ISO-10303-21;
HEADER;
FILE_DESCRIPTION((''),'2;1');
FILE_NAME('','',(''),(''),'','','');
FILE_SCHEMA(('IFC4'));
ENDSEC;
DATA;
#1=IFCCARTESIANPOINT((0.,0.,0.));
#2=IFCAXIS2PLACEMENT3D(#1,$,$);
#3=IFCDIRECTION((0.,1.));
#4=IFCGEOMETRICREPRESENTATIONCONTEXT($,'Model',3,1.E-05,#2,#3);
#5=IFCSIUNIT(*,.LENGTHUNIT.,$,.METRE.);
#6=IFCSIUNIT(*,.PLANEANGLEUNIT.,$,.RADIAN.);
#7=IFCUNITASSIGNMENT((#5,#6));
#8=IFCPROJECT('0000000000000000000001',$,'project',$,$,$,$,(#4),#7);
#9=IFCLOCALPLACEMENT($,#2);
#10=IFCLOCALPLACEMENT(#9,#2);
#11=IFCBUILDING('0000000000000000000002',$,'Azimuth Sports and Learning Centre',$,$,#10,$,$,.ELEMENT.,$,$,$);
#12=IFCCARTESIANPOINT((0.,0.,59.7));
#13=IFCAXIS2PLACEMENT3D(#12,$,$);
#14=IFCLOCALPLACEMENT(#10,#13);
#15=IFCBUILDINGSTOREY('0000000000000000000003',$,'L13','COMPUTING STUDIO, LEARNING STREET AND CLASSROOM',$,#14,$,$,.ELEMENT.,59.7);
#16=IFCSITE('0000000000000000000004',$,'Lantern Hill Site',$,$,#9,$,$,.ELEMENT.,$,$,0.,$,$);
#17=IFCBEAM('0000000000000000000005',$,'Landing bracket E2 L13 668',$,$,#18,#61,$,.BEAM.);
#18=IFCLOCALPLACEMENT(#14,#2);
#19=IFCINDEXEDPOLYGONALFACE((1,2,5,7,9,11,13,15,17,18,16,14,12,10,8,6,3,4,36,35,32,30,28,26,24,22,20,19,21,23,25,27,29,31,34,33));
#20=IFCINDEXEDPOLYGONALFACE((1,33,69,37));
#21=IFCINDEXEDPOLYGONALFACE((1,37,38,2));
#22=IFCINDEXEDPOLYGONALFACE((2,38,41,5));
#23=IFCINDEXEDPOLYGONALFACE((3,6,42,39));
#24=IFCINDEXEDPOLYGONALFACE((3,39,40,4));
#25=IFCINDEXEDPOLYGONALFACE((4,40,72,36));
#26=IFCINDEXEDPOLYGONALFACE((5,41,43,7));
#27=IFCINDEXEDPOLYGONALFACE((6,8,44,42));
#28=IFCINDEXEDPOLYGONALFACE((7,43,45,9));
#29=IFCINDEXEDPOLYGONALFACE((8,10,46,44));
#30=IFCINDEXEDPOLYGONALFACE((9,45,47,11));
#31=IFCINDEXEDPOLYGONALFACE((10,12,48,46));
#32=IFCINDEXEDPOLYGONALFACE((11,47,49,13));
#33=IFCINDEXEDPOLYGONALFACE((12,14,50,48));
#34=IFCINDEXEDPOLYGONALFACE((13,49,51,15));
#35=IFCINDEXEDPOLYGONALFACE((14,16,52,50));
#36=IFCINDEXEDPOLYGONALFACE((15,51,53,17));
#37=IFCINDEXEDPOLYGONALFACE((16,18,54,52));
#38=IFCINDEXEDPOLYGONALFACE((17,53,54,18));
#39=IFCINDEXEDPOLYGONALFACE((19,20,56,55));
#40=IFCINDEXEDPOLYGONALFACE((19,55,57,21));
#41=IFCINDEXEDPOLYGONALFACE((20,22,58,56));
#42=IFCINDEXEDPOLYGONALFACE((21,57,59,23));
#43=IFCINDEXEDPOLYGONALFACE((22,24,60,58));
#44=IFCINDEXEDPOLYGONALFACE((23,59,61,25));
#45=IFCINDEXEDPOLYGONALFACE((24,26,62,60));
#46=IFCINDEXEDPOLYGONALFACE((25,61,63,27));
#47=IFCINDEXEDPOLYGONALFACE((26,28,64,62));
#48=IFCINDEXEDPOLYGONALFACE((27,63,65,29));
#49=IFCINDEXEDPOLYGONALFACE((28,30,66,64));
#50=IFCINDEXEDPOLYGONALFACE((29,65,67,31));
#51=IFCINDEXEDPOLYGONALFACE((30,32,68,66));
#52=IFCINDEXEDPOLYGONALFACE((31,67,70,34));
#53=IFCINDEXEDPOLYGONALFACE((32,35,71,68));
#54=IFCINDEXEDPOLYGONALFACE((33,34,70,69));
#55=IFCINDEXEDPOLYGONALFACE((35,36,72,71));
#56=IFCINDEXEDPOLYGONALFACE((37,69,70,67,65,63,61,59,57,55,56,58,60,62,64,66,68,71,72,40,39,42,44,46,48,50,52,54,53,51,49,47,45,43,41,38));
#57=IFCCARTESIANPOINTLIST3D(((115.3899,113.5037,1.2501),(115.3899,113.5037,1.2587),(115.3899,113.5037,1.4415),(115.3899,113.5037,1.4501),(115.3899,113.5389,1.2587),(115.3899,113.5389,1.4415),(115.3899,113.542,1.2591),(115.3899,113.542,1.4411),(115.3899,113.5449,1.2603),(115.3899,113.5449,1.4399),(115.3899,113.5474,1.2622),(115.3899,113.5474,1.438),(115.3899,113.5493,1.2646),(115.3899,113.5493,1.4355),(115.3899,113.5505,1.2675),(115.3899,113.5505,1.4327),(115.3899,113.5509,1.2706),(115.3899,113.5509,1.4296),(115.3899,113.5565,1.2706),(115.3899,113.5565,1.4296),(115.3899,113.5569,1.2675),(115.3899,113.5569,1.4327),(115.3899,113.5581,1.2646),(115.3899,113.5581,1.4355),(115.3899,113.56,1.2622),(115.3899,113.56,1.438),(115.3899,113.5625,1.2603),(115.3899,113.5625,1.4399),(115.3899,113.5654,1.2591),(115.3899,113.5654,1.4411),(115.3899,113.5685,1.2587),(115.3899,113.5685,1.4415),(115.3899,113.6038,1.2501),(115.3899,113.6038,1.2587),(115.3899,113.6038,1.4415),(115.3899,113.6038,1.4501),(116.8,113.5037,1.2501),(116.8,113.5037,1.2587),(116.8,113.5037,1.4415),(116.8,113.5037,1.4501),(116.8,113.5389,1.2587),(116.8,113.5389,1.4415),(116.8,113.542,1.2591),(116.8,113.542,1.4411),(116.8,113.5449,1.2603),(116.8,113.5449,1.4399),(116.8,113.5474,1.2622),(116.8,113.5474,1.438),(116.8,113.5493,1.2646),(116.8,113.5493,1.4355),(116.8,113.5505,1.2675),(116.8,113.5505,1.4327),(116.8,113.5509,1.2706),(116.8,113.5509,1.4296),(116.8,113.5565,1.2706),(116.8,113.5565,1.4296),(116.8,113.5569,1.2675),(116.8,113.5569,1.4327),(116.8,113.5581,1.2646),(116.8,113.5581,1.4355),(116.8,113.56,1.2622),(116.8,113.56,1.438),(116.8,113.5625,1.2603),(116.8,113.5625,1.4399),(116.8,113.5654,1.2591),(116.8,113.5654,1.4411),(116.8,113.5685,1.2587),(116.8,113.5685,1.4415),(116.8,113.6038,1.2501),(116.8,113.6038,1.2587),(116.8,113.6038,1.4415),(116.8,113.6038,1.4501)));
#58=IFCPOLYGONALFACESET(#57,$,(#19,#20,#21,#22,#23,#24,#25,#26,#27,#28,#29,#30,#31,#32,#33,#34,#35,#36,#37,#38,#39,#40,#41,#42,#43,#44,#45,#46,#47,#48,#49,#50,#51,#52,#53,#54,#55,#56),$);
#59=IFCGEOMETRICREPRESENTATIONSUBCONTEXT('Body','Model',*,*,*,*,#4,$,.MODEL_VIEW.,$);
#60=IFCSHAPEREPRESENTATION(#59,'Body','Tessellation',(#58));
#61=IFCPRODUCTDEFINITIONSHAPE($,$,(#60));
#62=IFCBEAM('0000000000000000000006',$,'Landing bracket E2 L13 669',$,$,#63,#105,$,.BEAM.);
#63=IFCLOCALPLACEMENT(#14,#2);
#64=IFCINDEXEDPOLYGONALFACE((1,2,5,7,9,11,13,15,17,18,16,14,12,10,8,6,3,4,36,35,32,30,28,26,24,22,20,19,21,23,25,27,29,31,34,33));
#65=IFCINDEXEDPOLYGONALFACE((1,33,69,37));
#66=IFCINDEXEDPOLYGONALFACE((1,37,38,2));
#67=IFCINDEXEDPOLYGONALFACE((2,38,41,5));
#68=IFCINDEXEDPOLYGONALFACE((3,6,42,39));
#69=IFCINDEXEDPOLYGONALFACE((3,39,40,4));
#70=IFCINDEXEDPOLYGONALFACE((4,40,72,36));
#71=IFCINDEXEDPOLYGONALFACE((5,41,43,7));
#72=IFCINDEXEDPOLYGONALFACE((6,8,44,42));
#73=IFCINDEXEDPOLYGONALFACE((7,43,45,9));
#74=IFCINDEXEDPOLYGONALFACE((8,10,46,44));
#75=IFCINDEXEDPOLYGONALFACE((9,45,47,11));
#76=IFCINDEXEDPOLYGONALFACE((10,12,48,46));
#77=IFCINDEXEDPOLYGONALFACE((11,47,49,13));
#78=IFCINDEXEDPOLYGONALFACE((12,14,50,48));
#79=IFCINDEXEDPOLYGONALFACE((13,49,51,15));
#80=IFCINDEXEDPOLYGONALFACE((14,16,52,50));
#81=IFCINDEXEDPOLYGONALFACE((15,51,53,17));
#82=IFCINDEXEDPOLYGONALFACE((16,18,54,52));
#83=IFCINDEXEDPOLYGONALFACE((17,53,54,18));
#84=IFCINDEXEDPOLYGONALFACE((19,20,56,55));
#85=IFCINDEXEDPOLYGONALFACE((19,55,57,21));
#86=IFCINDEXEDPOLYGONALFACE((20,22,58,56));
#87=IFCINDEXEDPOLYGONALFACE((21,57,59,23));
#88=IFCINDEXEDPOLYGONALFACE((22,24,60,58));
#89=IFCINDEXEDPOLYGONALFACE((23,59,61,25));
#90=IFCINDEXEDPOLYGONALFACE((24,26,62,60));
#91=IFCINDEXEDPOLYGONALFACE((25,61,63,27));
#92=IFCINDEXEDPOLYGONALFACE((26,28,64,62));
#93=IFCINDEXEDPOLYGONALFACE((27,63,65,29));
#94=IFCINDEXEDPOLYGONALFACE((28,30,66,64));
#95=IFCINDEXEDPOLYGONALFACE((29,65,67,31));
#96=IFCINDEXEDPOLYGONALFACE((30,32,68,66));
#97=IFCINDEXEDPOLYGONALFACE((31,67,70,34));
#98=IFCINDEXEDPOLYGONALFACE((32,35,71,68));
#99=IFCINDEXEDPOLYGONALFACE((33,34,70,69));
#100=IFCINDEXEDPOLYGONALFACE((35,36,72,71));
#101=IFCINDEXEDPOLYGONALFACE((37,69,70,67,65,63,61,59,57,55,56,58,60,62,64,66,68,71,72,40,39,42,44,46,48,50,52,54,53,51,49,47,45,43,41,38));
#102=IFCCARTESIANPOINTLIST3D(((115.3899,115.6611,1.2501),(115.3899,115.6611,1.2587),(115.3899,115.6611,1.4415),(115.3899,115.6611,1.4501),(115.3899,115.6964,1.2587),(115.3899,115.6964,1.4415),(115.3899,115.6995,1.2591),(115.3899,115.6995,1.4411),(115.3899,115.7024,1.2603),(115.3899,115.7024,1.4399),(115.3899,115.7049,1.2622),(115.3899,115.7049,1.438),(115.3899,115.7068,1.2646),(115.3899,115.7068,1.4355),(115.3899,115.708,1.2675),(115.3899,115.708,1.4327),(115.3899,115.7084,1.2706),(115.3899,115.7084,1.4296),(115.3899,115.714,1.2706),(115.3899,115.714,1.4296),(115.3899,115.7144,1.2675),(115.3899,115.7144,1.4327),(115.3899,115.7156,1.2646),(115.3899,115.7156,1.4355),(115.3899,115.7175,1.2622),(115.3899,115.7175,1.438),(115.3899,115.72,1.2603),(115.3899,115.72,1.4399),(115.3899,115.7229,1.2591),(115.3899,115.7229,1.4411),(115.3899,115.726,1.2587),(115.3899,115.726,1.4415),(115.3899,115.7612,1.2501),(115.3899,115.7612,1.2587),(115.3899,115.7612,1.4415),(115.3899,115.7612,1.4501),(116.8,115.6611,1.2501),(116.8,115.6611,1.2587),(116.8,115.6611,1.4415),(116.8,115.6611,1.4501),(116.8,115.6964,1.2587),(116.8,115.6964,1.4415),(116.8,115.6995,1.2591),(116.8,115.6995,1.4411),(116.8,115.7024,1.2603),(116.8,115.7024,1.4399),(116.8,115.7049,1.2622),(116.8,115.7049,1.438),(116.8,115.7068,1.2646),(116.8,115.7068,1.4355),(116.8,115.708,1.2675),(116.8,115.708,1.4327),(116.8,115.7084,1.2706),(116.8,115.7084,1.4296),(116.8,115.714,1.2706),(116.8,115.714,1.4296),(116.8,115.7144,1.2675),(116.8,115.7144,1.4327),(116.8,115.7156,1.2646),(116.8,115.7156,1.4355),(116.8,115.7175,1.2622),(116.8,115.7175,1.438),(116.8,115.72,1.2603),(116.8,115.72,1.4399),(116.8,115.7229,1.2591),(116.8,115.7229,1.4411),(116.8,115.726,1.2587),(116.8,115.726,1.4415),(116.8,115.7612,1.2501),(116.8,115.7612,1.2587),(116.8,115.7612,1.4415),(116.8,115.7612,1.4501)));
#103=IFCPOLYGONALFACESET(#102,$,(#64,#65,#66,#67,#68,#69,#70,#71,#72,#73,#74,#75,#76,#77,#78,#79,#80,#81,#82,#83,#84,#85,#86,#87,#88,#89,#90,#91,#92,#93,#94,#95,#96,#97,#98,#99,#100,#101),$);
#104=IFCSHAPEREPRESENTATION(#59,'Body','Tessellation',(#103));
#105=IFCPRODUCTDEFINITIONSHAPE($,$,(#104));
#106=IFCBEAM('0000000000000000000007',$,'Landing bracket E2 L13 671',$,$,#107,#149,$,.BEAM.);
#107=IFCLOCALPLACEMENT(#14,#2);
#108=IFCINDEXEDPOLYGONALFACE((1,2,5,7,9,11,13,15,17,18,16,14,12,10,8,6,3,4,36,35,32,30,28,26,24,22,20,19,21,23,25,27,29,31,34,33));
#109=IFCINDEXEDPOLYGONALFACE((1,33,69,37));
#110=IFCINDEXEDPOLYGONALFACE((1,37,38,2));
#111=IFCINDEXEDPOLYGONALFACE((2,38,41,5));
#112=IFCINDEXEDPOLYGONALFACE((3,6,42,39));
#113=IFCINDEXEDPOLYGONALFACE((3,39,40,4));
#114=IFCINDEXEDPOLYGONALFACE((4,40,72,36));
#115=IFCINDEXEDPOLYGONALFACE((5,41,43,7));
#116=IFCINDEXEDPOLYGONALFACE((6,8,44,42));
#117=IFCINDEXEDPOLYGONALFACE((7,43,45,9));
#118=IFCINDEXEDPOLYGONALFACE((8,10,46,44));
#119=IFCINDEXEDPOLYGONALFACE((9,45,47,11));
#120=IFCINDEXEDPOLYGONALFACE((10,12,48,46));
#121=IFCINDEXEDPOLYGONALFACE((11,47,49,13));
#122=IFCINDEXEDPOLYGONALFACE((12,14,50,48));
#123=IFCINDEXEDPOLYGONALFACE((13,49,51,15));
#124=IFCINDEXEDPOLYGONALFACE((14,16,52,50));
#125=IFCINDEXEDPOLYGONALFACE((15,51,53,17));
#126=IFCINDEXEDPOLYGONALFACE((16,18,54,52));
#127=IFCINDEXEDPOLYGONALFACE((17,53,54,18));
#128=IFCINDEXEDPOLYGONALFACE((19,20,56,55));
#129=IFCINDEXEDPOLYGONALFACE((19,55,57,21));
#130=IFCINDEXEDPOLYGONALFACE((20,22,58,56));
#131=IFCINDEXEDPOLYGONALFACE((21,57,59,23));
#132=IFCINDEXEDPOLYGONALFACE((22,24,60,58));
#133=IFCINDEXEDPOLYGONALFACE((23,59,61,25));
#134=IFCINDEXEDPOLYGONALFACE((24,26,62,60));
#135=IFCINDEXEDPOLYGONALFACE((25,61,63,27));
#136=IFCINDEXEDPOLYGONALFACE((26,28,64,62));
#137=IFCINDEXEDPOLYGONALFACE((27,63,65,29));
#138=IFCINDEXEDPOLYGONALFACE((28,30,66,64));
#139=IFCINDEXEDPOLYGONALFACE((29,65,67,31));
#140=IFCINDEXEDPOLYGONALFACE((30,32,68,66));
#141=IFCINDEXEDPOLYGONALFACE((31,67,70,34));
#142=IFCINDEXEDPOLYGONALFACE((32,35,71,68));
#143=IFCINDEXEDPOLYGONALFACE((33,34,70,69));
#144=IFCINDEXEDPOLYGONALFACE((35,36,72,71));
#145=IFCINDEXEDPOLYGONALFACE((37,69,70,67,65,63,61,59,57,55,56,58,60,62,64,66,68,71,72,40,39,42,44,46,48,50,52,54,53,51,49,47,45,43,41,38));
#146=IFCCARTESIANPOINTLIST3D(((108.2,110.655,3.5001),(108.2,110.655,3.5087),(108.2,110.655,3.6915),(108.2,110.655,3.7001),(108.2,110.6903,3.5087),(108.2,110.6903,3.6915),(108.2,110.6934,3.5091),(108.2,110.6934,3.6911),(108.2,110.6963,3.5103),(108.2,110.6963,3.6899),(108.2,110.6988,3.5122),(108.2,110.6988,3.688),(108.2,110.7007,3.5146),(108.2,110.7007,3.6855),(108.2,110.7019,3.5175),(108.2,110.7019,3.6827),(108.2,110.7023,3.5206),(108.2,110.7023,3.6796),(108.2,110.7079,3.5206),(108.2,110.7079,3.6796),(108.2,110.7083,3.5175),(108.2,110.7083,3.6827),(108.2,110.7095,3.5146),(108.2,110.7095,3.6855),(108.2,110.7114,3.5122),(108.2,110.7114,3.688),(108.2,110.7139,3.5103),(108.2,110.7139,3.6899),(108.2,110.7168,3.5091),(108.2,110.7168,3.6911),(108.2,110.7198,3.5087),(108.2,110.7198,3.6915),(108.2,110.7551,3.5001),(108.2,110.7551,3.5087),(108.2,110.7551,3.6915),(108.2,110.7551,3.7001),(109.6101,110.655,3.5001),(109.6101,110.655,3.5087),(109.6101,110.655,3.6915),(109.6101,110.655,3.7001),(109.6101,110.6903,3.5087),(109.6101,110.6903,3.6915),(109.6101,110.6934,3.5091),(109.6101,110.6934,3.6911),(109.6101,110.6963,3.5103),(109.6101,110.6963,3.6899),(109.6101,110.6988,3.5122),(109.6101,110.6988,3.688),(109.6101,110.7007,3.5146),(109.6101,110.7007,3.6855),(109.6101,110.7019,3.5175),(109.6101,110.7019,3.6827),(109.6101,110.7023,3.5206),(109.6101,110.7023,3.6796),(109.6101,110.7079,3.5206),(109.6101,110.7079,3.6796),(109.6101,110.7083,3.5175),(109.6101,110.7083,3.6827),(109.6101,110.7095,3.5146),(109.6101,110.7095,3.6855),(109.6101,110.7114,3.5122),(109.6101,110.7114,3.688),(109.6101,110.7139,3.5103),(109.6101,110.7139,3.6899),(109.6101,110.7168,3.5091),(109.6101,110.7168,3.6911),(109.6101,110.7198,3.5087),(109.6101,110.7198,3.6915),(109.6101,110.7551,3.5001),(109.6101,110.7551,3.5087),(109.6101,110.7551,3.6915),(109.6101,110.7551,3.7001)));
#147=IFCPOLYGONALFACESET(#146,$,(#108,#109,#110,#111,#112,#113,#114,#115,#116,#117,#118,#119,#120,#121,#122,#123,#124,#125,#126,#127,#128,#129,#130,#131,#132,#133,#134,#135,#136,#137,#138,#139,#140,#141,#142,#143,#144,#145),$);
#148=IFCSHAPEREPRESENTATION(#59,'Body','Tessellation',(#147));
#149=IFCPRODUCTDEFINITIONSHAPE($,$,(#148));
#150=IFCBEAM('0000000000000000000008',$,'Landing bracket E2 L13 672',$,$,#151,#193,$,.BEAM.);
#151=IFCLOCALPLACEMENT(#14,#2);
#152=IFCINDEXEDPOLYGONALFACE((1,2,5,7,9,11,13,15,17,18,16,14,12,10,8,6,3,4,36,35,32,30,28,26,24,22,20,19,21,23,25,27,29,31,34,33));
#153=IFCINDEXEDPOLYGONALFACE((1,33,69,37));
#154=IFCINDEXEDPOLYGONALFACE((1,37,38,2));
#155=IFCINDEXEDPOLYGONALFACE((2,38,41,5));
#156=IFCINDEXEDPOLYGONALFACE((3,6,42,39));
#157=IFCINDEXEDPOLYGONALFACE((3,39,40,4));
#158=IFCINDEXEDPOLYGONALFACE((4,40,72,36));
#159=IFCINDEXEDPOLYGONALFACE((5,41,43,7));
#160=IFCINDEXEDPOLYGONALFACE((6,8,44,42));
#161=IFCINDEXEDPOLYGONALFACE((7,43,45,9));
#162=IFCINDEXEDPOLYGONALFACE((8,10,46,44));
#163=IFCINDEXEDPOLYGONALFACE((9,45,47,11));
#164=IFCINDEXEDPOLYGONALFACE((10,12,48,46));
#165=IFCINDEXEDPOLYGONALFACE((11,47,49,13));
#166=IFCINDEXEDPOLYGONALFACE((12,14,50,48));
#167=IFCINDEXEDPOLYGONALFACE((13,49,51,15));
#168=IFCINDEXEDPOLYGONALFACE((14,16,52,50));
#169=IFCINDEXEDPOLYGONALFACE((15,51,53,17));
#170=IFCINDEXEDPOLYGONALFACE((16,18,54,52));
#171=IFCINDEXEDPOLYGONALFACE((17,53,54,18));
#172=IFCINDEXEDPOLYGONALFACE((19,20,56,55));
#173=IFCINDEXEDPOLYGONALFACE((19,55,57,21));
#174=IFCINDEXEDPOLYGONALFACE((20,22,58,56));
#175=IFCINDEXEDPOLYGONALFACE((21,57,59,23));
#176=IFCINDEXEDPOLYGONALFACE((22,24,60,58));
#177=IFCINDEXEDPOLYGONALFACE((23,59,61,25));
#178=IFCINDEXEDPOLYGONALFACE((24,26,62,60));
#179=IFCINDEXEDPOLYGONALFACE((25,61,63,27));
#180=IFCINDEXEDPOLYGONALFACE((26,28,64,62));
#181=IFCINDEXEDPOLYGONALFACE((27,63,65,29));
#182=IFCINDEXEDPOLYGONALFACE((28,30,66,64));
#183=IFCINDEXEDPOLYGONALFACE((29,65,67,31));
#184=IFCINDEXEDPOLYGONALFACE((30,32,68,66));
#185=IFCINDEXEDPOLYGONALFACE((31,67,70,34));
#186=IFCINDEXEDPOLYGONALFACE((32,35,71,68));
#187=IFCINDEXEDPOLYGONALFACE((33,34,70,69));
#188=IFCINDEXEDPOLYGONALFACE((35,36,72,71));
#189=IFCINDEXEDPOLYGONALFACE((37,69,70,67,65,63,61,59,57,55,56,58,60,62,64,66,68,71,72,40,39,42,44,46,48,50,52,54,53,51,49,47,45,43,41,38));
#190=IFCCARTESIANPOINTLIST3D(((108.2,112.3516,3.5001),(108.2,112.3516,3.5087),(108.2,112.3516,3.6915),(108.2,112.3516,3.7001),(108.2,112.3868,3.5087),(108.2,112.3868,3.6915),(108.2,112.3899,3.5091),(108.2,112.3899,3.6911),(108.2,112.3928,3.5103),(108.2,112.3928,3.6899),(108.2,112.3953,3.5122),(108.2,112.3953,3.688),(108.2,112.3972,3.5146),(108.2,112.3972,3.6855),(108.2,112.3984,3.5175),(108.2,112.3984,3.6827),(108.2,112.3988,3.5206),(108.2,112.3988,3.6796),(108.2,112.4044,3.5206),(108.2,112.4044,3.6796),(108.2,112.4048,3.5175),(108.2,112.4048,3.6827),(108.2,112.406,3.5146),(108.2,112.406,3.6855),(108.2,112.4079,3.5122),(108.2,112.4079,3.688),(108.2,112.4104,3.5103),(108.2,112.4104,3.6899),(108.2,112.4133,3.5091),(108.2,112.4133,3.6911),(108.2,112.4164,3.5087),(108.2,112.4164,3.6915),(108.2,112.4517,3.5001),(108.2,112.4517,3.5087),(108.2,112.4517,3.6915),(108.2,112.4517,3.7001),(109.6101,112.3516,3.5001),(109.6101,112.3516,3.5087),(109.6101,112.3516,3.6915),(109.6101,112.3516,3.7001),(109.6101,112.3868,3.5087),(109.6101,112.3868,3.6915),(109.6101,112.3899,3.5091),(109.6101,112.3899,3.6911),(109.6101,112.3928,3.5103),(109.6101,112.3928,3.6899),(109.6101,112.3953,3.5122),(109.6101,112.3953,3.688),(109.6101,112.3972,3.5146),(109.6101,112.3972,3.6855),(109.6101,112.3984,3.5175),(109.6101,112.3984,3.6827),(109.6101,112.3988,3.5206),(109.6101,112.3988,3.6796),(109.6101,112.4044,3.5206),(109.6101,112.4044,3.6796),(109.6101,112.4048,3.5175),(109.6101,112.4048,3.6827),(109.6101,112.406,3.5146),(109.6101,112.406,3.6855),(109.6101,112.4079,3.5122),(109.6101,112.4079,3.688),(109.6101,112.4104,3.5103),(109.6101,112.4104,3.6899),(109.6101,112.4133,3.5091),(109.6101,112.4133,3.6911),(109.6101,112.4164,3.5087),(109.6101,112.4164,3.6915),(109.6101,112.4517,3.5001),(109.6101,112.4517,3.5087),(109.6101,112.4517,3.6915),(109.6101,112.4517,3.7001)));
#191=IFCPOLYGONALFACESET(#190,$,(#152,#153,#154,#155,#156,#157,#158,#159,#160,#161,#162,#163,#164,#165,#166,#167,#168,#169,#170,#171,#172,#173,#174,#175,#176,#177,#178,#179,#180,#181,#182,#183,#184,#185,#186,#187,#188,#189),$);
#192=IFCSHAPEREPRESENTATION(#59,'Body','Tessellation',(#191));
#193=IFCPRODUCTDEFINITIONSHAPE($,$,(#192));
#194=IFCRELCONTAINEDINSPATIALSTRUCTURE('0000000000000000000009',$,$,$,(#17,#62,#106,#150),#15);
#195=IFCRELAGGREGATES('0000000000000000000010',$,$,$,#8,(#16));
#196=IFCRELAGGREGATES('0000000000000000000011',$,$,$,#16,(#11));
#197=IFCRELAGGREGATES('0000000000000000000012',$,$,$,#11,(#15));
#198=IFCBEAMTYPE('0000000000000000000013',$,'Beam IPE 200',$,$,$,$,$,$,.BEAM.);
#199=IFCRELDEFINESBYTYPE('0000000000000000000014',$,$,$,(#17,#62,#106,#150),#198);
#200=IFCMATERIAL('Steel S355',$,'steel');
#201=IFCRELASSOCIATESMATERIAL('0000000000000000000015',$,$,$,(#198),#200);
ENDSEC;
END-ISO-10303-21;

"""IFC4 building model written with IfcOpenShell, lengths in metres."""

from ifc_helpers import new_model, si_unit, direction, frame, origin, origin_2d, place, context, subcontext, project, spatial, i_section, extrude, material, material_profile, profile_set, type_object, element, save


model = new_model("IFC4")

# Units and contexts
model_context = context("Model", 3, precision=1e-05, world=origin(), true_north=direction((0.0, 1.0)))
body_context = subcontext(model_context, "Body", "Model", "MODEL_VIEW")
ifc_project = project(units=[si_unit("LENGTHUNIT", "METRE"), si_unit("PLANEANGLEUNIT", "RADIAN")], contexts=[model_context])

# Site, building, storey
site_placement = place(None, origin())
site = spatial("IfcSite", under=ifc_project, at=site_placement, Name="Lantern Hill Site", CompositionType="ELEMENT", RefElevation=0.0)
building_placement = place(site_placement, origin())
building = spatial("IfcBuilding", under=site, at=building_placement, Name="Azimuth Sports and Learning Centre", CompositionType="ELEMENT")
storey_placement = place(building_placement, frame((0.0, 0.0, 59.7)))
storey = spatial("IfcBuildingStorey", under=building, at=storey_placement, Name="L13", Description="COMPUTING STUDIO, LEARNING STREET AND CLASSROOM", CompositionType="ELEMENT", Elevation=59.7)

# Beams
ifc_material_1 = material(Name="Steel S355", Category="steel")
ifc_material_profile_1 = material_profile(ifc_material_1, i_section(OverallWidth=0.1001, OverallDepth=0.2, WebThickness=0.0056, FlangeThickness=0.0085, FilletRadius=0.012, at=origin_2d()), Name="IPE 200")
ifc_profile_set_1 = profile_set([ifc_material_profile_1], Name="Steel S355")
beam_type_1 = type_object("IfcBeamType", Name="Beam IPE 200", PredefinedType="BEAM", material=ifc_profile_set_1)
for number, where, z_axis, x_axis, name in (
    (1, (116.8, 113.5537, 1.3501), (-1.0, 0.0, 0.0), (0.0, -1.0, 0.0), "Landing bracket E2 L13 668"),
    (2, (116.8, 115.7112, 1.3501), (-1.0, 0.0, 0.0), (0.0, -1.0, 0.0), "Landing bracket E2 L13 669"),
    (3, (108.2, 110.7051, 3.6001), (1.0, 0.0, 0.0), (0.0, 1.0, 0.0), "Landing bracket E2 L13 671"),
    (4, (108.2, 112.4016, 3.6001), (1.0, 0.0, 0.0), (0.0, 1.0, 0.0), "Landing bracket E2 L13 672"),
):
    element("IfcBeam", number, at=place(storey_placement, frame(where, z_axis=z_axis, x_axis=x_axis)), inside=storey, type_object=beam_type_1, Name=name, PredefinedType="BEAM", context=body_context, shape_type="SweptSolid", body=[
        extrude(i_section(OverallWidth=0.1001, OverallDepth=0.2, WebThickness=0.0056, FlangeThickness=0.0085, FilletRadius=0.012, at=origin_2d()), origin(), (0.0, 0.0, 1.0), 1.4102),
    ])

save(model, "model.ifc")
